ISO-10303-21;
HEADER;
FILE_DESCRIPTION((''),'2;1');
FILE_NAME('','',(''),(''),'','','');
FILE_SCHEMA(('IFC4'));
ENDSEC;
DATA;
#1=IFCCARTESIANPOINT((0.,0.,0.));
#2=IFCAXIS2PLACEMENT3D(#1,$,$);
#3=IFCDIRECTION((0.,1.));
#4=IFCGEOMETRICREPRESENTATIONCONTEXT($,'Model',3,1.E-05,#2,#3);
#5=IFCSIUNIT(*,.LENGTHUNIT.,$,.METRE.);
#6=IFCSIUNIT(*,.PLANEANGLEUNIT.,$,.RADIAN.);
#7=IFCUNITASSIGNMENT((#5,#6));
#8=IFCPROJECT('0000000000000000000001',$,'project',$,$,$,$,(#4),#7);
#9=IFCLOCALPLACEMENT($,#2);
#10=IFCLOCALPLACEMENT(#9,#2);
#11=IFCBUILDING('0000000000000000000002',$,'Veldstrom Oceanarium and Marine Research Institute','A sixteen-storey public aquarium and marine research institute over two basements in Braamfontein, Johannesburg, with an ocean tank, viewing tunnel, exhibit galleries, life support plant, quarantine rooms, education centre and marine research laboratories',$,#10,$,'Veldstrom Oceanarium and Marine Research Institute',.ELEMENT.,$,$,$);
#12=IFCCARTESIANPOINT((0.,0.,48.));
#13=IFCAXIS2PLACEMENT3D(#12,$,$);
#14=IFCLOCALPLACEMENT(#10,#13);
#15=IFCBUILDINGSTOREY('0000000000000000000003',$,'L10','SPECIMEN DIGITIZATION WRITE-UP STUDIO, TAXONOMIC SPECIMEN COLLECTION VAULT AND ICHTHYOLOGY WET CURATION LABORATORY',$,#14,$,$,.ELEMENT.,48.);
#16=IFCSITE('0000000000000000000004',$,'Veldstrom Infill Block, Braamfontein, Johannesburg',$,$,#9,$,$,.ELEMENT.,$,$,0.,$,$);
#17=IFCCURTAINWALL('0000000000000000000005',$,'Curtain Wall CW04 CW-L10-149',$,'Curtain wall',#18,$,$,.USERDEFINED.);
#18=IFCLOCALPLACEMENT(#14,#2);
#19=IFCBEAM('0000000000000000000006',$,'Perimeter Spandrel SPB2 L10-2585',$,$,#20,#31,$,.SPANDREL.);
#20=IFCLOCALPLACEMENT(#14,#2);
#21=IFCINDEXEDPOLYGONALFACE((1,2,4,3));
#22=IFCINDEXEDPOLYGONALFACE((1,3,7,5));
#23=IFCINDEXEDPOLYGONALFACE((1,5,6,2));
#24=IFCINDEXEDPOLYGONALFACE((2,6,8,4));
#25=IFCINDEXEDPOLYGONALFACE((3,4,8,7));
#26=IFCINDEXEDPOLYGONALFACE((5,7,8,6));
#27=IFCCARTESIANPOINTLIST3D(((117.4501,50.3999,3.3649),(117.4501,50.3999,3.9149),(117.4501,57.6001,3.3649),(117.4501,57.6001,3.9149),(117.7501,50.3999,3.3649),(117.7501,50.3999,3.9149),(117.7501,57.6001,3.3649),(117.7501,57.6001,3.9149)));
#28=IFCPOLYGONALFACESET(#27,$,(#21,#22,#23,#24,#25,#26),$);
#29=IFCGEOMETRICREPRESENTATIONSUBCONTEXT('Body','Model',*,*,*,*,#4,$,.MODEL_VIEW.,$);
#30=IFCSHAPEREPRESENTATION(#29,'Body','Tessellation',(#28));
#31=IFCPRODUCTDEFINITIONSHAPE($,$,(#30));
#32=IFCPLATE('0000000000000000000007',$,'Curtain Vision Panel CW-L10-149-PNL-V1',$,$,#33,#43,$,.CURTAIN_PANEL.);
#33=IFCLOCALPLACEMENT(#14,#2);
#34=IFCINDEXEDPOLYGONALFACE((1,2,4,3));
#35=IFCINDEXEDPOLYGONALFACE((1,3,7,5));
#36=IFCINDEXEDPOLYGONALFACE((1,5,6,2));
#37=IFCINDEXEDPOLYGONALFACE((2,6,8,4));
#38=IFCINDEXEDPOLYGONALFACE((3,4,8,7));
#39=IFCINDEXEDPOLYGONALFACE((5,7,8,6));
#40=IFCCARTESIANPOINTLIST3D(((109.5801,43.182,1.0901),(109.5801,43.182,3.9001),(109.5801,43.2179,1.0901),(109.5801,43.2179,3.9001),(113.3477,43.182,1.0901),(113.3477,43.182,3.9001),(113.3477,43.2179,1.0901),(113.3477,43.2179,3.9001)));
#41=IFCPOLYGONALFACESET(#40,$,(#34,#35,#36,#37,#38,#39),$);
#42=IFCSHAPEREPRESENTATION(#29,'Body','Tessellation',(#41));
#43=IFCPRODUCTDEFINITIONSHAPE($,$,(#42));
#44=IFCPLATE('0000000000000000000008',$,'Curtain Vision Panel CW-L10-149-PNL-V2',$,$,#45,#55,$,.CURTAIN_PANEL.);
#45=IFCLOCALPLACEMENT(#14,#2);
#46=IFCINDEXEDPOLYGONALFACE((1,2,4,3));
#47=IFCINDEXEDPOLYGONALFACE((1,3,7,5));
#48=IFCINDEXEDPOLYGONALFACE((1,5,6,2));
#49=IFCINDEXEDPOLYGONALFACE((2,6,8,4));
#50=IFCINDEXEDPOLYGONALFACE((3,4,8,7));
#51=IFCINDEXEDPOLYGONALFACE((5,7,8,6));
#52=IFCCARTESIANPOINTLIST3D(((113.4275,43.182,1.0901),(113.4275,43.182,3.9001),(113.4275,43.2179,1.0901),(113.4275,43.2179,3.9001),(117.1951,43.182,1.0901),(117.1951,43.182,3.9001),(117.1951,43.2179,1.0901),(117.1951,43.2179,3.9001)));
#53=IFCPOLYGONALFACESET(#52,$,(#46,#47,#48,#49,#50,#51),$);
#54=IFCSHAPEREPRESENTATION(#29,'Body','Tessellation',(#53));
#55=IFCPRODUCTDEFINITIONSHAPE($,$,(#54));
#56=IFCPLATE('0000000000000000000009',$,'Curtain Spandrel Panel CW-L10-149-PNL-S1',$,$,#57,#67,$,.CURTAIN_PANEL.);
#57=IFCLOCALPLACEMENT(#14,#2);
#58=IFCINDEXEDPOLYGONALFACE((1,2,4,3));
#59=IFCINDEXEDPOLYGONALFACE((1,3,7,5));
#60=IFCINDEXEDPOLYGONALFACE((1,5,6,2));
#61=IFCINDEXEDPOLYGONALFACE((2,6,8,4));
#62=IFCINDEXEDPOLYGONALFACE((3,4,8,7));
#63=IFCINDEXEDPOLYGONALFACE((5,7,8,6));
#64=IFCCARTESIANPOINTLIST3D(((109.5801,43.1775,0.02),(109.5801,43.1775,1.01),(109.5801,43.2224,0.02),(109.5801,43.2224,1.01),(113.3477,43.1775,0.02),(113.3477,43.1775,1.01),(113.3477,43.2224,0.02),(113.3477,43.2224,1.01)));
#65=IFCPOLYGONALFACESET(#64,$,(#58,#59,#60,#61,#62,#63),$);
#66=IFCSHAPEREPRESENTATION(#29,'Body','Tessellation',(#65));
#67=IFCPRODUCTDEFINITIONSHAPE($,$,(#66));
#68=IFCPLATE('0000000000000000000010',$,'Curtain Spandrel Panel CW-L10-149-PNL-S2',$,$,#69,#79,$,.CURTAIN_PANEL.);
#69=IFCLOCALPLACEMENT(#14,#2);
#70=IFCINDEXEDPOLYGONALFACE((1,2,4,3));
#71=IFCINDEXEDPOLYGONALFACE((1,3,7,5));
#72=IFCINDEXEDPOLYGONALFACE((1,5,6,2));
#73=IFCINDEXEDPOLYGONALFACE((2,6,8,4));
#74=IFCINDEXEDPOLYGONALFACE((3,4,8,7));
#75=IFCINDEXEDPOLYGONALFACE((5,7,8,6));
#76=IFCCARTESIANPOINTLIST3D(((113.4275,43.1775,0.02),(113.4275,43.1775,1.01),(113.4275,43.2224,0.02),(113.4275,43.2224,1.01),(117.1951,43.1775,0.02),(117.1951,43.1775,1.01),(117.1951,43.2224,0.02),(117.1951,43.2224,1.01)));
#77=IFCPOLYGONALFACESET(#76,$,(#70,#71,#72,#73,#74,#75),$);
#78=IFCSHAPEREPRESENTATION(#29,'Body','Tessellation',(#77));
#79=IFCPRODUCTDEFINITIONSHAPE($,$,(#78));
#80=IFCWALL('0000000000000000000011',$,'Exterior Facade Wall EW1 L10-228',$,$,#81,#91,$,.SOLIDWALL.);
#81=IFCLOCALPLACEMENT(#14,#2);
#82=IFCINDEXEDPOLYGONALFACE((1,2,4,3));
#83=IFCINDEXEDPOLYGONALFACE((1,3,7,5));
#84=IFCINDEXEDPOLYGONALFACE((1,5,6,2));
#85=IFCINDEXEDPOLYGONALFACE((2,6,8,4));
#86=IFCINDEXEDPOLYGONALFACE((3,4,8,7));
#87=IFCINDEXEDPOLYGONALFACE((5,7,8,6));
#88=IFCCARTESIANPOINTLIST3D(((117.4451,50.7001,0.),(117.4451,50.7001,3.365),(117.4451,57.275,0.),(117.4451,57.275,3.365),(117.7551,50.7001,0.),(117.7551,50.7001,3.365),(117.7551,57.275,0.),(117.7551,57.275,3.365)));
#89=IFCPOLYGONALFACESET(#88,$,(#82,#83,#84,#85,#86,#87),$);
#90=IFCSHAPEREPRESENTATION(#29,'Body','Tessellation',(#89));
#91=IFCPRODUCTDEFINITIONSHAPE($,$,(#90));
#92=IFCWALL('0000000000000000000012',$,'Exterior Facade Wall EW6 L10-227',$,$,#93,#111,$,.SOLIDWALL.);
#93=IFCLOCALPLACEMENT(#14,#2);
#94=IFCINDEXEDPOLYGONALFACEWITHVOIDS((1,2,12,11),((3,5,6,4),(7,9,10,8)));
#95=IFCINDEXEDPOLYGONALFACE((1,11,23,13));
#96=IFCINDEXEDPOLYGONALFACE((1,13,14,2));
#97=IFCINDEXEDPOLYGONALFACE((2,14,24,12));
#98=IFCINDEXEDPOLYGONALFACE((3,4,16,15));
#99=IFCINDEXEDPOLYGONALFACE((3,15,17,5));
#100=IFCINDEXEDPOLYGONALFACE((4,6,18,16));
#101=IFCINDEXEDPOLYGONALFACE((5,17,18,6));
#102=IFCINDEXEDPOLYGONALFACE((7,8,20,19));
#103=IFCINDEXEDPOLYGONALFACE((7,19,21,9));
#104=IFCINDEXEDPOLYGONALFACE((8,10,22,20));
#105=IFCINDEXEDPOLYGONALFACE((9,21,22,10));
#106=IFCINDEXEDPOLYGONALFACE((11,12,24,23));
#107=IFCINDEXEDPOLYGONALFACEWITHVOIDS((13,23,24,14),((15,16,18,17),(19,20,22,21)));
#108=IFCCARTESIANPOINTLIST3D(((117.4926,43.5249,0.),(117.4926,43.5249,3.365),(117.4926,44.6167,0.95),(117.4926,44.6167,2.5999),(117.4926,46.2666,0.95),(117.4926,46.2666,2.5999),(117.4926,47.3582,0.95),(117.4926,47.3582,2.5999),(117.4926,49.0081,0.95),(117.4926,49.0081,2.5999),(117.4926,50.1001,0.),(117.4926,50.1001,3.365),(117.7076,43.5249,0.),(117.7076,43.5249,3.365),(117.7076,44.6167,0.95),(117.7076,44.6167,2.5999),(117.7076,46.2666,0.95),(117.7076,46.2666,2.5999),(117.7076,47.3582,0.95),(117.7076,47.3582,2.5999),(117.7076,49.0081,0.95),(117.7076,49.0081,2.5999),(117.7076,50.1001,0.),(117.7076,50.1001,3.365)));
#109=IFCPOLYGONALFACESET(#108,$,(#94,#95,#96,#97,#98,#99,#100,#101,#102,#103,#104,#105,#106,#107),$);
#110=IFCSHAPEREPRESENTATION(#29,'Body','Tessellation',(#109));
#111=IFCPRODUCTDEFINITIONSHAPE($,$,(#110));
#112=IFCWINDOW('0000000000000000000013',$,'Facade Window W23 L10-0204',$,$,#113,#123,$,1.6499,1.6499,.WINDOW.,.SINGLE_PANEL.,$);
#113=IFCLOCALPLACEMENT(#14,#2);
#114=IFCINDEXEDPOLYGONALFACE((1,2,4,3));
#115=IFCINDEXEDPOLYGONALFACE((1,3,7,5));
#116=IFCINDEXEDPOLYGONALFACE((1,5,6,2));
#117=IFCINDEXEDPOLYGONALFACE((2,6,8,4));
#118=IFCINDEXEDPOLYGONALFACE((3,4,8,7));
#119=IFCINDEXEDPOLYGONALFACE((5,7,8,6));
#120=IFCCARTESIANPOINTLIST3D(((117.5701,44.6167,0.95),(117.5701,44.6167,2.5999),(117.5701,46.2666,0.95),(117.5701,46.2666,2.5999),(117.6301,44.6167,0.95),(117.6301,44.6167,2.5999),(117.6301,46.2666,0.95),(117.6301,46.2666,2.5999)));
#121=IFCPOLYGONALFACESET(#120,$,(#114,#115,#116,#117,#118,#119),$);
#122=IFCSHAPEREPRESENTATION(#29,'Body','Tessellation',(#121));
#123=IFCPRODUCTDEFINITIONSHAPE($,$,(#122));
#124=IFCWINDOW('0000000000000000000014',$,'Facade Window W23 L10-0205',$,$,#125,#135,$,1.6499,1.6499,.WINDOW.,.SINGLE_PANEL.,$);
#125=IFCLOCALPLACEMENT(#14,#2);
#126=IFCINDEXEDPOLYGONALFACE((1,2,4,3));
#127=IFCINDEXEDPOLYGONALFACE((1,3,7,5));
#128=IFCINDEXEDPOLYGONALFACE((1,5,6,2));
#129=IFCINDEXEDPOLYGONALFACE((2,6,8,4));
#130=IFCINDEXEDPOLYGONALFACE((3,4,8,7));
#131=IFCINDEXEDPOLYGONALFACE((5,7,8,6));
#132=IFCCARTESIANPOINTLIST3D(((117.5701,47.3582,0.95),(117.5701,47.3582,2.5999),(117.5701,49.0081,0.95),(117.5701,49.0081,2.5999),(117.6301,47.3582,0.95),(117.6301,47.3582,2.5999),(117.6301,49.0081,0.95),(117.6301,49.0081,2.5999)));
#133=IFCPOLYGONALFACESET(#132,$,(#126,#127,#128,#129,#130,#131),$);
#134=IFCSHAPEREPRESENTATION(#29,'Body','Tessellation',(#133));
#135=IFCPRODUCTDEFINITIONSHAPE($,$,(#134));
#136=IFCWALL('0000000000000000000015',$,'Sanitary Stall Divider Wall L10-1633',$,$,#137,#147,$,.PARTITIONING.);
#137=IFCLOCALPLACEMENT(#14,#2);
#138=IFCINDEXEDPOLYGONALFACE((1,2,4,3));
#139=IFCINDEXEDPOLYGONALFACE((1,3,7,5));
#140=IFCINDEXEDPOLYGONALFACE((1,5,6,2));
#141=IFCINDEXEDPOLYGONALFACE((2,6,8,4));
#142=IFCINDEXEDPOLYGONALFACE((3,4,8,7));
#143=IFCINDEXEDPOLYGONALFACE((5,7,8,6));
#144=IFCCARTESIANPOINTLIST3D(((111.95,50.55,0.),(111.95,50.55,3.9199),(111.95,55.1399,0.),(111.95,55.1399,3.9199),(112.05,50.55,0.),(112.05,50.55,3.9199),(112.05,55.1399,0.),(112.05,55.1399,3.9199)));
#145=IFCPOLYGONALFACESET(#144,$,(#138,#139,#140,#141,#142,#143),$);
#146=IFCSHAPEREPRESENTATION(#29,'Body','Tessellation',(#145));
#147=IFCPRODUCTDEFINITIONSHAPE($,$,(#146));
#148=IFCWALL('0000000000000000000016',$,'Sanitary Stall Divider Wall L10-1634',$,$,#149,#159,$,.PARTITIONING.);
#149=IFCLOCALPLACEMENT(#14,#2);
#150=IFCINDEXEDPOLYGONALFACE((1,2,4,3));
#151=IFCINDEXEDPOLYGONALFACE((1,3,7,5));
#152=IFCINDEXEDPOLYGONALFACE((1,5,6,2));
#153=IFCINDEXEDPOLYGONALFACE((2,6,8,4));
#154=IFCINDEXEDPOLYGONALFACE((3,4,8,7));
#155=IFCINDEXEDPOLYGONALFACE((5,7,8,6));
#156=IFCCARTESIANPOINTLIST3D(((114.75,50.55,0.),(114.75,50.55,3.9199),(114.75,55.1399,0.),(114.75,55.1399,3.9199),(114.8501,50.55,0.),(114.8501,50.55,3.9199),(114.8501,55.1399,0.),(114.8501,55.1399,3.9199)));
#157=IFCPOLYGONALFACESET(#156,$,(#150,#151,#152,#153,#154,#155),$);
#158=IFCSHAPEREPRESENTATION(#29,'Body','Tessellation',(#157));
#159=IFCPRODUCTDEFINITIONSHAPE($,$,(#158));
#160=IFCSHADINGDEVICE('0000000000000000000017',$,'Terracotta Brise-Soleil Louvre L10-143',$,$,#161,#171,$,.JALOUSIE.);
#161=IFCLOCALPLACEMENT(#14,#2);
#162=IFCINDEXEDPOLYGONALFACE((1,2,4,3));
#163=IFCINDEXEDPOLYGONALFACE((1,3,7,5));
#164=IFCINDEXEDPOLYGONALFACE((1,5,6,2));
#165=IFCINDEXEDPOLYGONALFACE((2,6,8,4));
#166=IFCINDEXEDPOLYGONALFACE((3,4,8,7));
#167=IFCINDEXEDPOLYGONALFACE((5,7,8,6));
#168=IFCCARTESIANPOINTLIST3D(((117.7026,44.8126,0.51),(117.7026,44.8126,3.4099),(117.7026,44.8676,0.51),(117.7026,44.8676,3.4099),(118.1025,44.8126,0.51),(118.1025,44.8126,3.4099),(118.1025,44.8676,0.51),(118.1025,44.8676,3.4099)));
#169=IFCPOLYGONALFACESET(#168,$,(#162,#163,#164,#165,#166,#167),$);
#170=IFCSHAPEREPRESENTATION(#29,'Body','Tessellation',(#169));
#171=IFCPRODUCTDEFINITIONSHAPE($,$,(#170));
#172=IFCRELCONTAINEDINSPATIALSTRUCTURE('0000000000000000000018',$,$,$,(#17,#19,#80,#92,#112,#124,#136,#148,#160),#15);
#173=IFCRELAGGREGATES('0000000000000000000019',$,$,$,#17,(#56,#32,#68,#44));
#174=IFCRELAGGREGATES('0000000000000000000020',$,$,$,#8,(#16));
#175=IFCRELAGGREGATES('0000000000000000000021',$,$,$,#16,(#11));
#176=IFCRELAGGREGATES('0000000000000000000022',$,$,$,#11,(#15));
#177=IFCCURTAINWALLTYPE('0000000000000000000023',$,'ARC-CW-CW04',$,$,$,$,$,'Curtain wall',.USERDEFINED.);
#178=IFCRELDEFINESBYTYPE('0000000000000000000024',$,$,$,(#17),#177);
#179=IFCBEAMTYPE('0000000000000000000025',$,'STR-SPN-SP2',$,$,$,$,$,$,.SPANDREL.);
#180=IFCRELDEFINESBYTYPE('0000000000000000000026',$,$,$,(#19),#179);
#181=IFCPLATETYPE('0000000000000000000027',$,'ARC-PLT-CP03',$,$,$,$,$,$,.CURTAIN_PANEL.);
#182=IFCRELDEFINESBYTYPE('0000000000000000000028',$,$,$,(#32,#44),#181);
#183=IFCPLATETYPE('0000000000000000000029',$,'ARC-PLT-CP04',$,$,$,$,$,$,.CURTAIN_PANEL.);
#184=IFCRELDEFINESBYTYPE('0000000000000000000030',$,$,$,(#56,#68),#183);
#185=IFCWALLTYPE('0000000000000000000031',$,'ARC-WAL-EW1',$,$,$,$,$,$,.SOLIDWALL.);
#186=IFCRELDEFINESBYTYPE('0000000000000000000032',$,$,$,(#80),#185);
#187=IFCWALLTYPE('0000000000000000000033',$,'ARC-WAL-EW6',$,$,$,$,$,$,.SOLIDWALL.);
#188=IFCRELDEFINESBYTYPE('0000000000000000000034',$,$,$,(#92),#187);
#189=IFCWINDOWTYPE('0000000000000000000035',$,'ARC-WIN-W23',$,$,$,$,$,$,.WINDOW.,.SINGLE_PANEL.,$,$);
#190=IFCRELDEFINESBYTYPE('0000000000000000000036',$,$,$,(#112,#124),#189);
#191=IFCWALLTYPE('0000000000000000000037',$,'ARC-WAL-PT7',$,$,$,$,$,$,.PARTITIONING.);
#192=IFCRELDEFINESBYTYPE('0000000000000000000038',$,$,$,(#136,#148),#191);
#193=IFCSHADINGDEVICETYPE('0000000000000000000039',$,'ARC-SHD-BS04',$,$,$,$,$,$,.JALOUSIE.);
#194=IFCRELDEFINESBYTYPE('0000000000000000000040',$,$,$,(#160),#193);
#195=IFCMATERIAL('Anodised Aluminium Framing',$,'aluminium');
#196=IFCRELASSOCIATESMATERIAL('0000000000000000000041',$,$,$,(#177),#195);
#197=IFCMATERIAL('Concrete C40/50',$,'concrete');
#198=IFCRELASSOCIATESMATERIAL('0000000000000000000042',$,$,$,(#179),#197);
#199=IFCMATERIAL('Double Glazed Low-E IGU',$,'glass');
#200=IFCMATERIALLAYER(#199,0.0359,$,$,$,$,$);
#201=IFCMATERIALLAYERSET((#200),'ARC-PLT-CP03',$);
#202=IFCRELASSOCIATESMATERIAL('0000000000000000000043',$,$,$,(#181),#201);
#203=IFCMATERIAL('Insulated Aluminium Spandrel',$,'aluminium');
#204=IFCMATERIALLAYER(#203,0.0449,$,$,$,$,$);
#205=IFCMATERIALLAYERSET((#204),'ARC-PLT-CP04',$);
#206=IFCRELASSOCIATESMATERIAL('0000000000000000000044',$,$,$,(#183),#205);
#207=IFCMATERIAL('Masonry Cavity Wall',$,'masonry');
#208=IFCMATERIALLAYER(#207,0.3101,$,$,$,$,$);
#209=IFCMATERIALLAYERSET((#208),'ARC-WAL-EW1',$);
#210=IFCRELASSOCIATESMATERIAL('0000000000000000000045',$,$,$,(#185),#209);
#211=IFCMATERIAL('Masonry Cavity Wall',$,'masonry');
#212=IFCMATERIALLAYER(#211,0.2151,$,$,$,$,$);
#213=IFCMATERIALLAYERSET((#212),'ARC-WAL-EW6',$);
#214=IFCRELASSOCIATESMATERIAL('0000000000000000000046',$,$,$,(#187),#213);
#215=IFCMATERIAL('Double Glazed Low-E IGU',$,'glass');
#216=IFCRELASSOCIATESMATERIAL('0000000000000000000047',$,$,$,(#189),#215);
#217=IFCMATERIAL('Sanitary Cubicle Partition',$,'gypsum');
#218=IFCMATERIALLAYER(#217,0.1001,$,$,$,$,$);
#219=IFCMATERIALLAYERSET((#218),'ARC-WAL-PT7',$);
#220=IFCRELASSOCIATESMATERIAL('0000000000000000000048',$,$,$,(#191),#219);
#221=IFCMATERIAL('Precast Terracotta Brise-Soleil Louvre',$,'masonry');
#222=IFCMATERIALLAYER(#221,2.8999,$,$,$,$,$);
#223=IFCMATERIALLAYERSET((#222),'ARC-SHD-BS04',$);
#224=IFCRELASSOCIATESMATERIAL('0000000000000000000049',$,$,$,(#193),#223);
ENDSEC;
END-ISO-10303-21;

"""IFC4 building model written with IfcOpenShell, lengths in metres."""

from ifc_helpers import new_model, si_unit, direction, frame, frame_2d, origin, origin_2d, place, context, subcontext, project, spatial, rectangle, extrude, material, layer, layer_set, material_profile, profile_set, type_object, element, fill, aggregate, save


model = new_model("IFC4")

# Units and contexts
model_context = context("Model", 3, precision=1e-05, world=origin(), true_north=direction((0.0, 1.0)))
body_context = subcontext(model_context, "Body", "Model", "MODEL_VIEW")
ifc_project = project(units=[si_unit("LENGTHUNIT", "METRE"), si_unit("PLANEANGLEUNIT", "RADIAN")], contexts=[model_context])

# Site, building, storey
site_placement = place(None, origin())
site = spatial("IfcSite", under=ifc_project, at=site_placement, Name="Veldstrom Infill Block, Braamfontein, Johannesburg", CompositionType="ELEMENT", RefElevation=0.0)
building_placement = place(site_placement, origin())
building = spatial("IfcBuilding", under=site, at=building_placement, Name="Veldstrom Oceanarium and Marine Research Institute", Description="A sixteen-storey public aquarium and marine research institute over two basements in Braamfontein, Johannesburg, with an ocean tank, viewing tunnel, exhibit galleries, life support plant, quarantine rooms, education centre and marine research laboratories", LongName="Veldstrom Oceanarium and Marine Research Institute", CompositionType="ELEMENT")
storey_placement = place(building_placement, frame((0.0, 0.0, 48.0)))
storey = spatial("IfcBuildingStorey", under=building, at=storey_placement, Name="L10", Description="SPECIMEN DIGITIZATION WRITE-UP STUDIO, TAXONOMIC SPECIMEN COLLECTION VAULT AND ICHTHYOLOGY WET CURATION LABORATORY", CompositionType="ELEMENT", Elevation=48.0)

# Curtain wall
ifc_material_1 = material(Name="Anodised Aluminium Framing", Category="aluminium")
curtain_wall_type = type_object("IfcCurtainWallType", Name="ARC-CW-CW04", ElementType="Curtain wall", PredefinedType="USERDEFINED", material=ifc_material_1)
curtain_wall_placement = place(storey_placement, origin())
curtain_wall = element("IfcCurtainWall", 1, at=curtain_wall_placement, inside=storey, type_object=curtain_wall_type, Name="Curtain Wall CW04 CW-L10-149", ObjectType="Curtain wall", PredefinedType="USERDEFINED")

# Beam
ifc_material_2 = material(Name="Concrete C40/50", Category="concrete")
ifc_material_profile_1 = material_profile(ifc_material_2, rectangle(XDim=0.3, YDim=0.55, at=origin_2d()), Name="RC-SPN-300x550")
ifc_profile_set_1 = profile_set([ifc_material_profile_1], Name="Concrete C40/50")
beam_type_1 = type_object("IfcBeamType", Name="STR-SPN-SP2", PredefinedType="SPANDREL", material=ifc_profile_set_1)
beam_1_placement = place(storey_placement, frame((117.6001, 50.3999, 3.6399), z_axis=(0.0, 1.0, 0.0), x_axis=(-1.0, 0.0, 0.0)))
element("IfcBeam", 2, at=beam_1_placement, inside=storey, type_object=beam_type_1, Name="Perimeter Spandrel SPB2 L10-2585", PredefinedType="SPANDREL", context=body_context, shape_type="SweptSolid", body=[
    extrude(rectangle(XDim=0.3, YDim=0.55, at=origin_2d()), origin(), (0.0, 0.0, 1.0), 7.2002),
])

# Plates
ifc_material_3 = material(Name="Double Glazed Low-E IGU", Category="glass")
ifc_layer_1 = layer(ifc_material_3, 0.0359)
ifc_layer_set_1 = layer_set([ifc_layer_1], Name="ARC-PLT-CP03")
plate_type_1 = type_object("IfcPlateType", Name="ARC-PLT-CP03", PredefinedType="CURTAIN_PANEL", material=ifc_layer_set_1)
plate_1_placement = place(storey_placement, frame((111.4639, 43.2, 1.0901), z_axis=(0.0, 0.0, 1.0), x_axis=(1.0, 0.0, 0.0)))
plate_1 = element("IfcPlate", 3, at=plate_1_placement, type_object=plate_type_1, Name="Curtain Vision Panel CW-L10-149-PNL-V1", PredefinedType="CURTAIN_PANEL", context=body_context, shape_type="SweptSolid", body=[
    extrude(rectangle(XDim=3.7676, YDim=0.0359, at=origin_2d()), origin(), (0.0, 0.0, 1.0), 2.8101),
])
plate_2_placement = place(storey_placement, frame((115.3113, 43.2, 1.0901), z_axis=(0.0, 0.0, 1.0), x_axis=(1.0, 0.0, 0.0)))
plate_2 = element("IfcPlate", 4, at=plate_2_placement, type_object=plate_type_1, Name="Curtain Vision Panel CW-L10-149-PNL-V2", PredefinedType="CURTAIN_PANEL", context=body_context, shape_type="SweptSolid", body=[
    extrude(rectangle(XDim=3.7676, YDim=0.0359, at=origin_2d()), origin(), (0.0, 0.0, 1.0), 2.8101),
])
ifc_material_4 = material(Name="Insulated Aluminium Spandrel", Category="aluminium")
ifc_layer_2 = layer(ifc_material_4, 0.0449)
ifc_layer_set_2 = layer_set([ifc_layer_2], Name="ARC-PLT-CP04")
plate_type_2 = type_object("IfcPlateType", Name="ARC-PLT-CP04", PredefinedType="CURTAIN_PANEL", material=ifc_layer_set_2)
plate_3_placement = place(storey_placement, frame((111.4639, 43.2, 0.02), z_axis=(0.0, 0.0, 1.0), x_axis=(1.0, 0.0, 0.0)))
plate_3 = element("IfcPlate", 5, at=plate_3_placement, type_object=plate_type_2, Name="Curtain Spandrel Panel CW-L10-149-PNL-S1", PredefinedType="CURTAIN_PANEL", context=body_context, shape_type="SweptSolid", body=[
    extrude(rectangle(XDim=3.7676, YDim=0.0449, at=origin_2d()), origin(), (0.0, 0.0, 1.0), 0.99),
])
plate_4_placement = place(storey_placement, frame((115.3113, 43.2, 0.02), z_axis=(0.0, 0.0, 1.0), x_axis=(1.0, 0.0, 0.0)))
plate_4 = element("IfcPlate", 6, at=plate_4_placement, type_object=plate_type_2, Name="Curtain Spandrel Panel CW-L10-149-PNL-S2", PredefinedType="CURTAIN_PANEL", context=body_context, shape_type="SweptSolid", body=[
    extrude(rectangle(XDim=3.7676, YDim=0.0449, at=origin_2d()), origin(), (0.0, 0.0, 1.0), 0.99),
])
aggregate(curtain_wall, [plate_3, plate_1, plate_4, plate_2])

# Wall
ifc_material_5 = material(Name="Masonry Cavity Wall", Category="masonry")
ifc_layer_3 = layer(ifc_material_5, 0.3101)
ifc_layer_set_3 = layer_set([ifc_layer_3], Name="ARC-WAL-EW1")
wall_type_1 = type_object("IfcWallType", Name="ARC-WAL-EW1", PredefinedType="SOLIDWALL", material=ifc_layer_set_3)
wall_1_placement = place(storey_placement, frame((117.6001, 50.7, 0.0), z_axis=(0.0, 0.0, 1.0), x_axis=(0.0, 1.0, 0.0)))
element("IfcWall", 7, at=wall_1_placement, inside=storey, type_object=wall_type_1, Name="Exterior Facade Wall EW1 L10-228", PredefinedType="SOLIDWALL", context=body_context, shape_type="SweptSolid", body=[
    extrude(rectangle(XDim=6.575, YDim=0.3101, at=frame_2d((3.2876, 0.0))), origin(), (0.0, 0.0, 1.0), 3.365),
])

# Wall, openings, windows
ifc_material_6 = material(Name="Masonry Cavity Wall", Category="masonry")
ifc_layer_4 = layer(ifc_material_6, 0.2151)
ifc_layer_set_4 = layer_set([ifc_layer_4], Name="ARC-WAL-EW6")
wall_type_2 = type_object("IfcWallType", Name="ARC-WAL-EW6", PredefinedType="SOLIDWALL", material=ifc_layer_set_4)
wall_2_placement = place(storey_placement, frame((117.6001, 43.5249, 0.0), z_axis=(0.0, 0.0, 1.0), x_axis=(0.0, 1.0, 0.0)))
wall_2 = element("IfcWall", 8, at=wall_2_placement, inside=storey, type_object=wall_type_2, Name="Exterior Facade Wall EW6 L10-227", PredefinedType="SOLIDWALL", context=body_context, shape_type="SweptSolid", body=[
    extrude(rectangle(XDim=6.5752, YDim=0.2151, at=frame_2d((3.2876, 0.0))), origin(), (0.0, 0.0, 1.0), 3.365),
])
opening_1_placement = place(wall_2_placement, frame((1.0918, 0.0, 0.95)))
opening_1 = element("IfcOpeningElement", 9, at=opening_1_placement, cuts=wall_2, PredefinedType="OPENING", context=body_context, shape_type="SweptSolid", body=[
    extrude(rectangle(XDim=1.6499, YDim=1.6499, at=frame_2d((0.825, 0.825))), frame((0.0, 0.1174, 0.0), z_axis=(0.0, -1.0, 0.0), x_axis=(1.0, 0.0, 0.0)), (0.0, 0.0, 1.0), 0.2351),
])
opening_2_placement = place(wall_2_placement, frame((3.8333, 0.0, 0.95)))
opening_2 = element("IfcOpeningElement", 10, at=opening_2_placement, cuts=wall_2, PredefinedType="OPENING", context=body_context, shape_type="SweptSolid", body=[
    extrude(rectangle(XDim=1.6499, YDim=1.6499, at=frame_2d((0.825, 0.825))), frame((0.0, 0.1174, 0.0), z_axis=(0.0, -1.0, 0.0), x_axis=(1.0, 0.0, 0.0)), (0.0, 0.0, 1.0), 0.2351),
])
ifc_material_7 = material(Name="Double Glazed Low-E IGU", Category="glass")
window_type = type_object("IfcWindowType", Name="ARC-WIN-W23", PartitioningType="SINGLE_PANEL", PredefinedType="WINDOW", material=ifc_material_7)
window_1_placement = place(opening_1_placement, origin())
window_1 = element("IfcWindow", 11, at=window_1_placement, inside=storey, type_object=window_type, Name="Facade Window W23 L10-0204", OverallHeight=1.6499, OverallWidth=1.6499, PartitioningType="SINGLE_PANEL", PredefinedType="WINDOW", context=body_context, shape_type="SweptSolid", body=[
    extrude(rectangle(XDim=1.6499, YDim=1.6499, at=frame_2d((0.825, 0.825))), frame((0.0, 0.03, 0.0), z_axis=(0.0, -1.0, 0.0), x_axis=(1.0, 0.0, 0.0)), (0.0, 0.0, 1.0), 0.0601),
])
fill(opening_1, window_1)
window_2_placement = place(opening_2_placement, origin())
window_2 = element("IfcWindow", 12, at=window_2_placement, inside=storey, type_object=window_type, Name="Facade Window W23 L10-0205", OverallHeight=1.6499, OverallWidth=1.6499, PartitioningType="SINGLE_PANEL", PredefinedType="WINDOW", context=body_context, shape_type="SweptSolid", body=[
    extrude(rectangle(XDim=1.6499, YDim=1.6499, at=frame_2d((0.825, 0.825))), frame((0.0, 0.03, 0.0), z_axis=(0.0, -1.0, 0.0), x_axis=(1.0, 0.0, 0.0)), (0.0, 0.0, 1.0), 0.0601),
])
fill(opening_2, window_2)

# Walls
ifc_material_8 = material(Name="Sanitary Cubicle Partition", Category="gypsum")
ifc_layer_5 = layer(ifc_material_8, 0.1001)
ifc_layer_set_5 = layer_set([ifc_layer_5], Name="ARC-WAL-PT7")
wall_type_3 = type_object("IfcWallType", Name="ARC-WAL-PT7", PredefinedType="PARTITIONING", material=ifc_layer_set_5)
for number, where, z_axis, x_axis, name in (
    (13, (112.0, 50.55, 0.0), (0.0, 0.0, 1.0), (0.0, 1.0, 0.0), "Sanitary Stall Divider Wall L10-1633"),
    (14, (114.8, 50.55, 0.0), (0.0, 0.0, 1.0), (0.0, 1.0, 0.0), "Sanitary Stall Divider Wall L10-1634"),
):
    element("IfcWall", number, at=place(storey_placement, frame(where, z_axis=z_axis, x_axis=x_axis)), inside=storey, type_object=wall_type_3, Name=name, PredefinedType="PARTITIONING", context=body_context, shape_type="SweptSolid", body=[
        extrude(rectangle(XDim=4.5898, YDim=0.1001, at=frame_2d((2.2949, 0.0))), origin(), (0.0, 0.0, 1.0), 3.9199),
    ])

# Shading device
ifc_material_9 = material(Name="Precast Terracotta Brise-Soleil Louvre", Category="masonry")
ifc_layer_6 = layer(ifc_material_9, 2.8999)
ifc_layer_set_6 = layer_set([ifc_layer_6], Name="ARC-SHD-BS04")
shading_device_type = type_object("IfcShadingDeviceType", Name="ARC-SHD-BS04", PredefinedType="JALOUSIE", material=ifc_layer_set_6)
for number, where, z_axis, x_axis, name in (
    (15, (117.9026, 44.8401, 0.51), (0.0, 0.0, 1.0), (1.0, 0.0, 0.0), "Terracotta Brise-Soleil Louvre L10-143"),
):
    element("IfcShadingDevice", number, at=place(storey_placement, frame(where, z_axis=z_axis, x_axis=x_axis)), inside=storey, type_object=shading_device_type, Name=name, PredefinedType="JALOUSIE", context=body_context, shape_type="SweptSolid", body=[
        extrude(rectangle(XDim=0.3999, YDim=0.0549, at=origin_2d()), origin(), (0.0, 0.0, 1.0), 2.8999),
    ])

save(model, "model.ifc")
